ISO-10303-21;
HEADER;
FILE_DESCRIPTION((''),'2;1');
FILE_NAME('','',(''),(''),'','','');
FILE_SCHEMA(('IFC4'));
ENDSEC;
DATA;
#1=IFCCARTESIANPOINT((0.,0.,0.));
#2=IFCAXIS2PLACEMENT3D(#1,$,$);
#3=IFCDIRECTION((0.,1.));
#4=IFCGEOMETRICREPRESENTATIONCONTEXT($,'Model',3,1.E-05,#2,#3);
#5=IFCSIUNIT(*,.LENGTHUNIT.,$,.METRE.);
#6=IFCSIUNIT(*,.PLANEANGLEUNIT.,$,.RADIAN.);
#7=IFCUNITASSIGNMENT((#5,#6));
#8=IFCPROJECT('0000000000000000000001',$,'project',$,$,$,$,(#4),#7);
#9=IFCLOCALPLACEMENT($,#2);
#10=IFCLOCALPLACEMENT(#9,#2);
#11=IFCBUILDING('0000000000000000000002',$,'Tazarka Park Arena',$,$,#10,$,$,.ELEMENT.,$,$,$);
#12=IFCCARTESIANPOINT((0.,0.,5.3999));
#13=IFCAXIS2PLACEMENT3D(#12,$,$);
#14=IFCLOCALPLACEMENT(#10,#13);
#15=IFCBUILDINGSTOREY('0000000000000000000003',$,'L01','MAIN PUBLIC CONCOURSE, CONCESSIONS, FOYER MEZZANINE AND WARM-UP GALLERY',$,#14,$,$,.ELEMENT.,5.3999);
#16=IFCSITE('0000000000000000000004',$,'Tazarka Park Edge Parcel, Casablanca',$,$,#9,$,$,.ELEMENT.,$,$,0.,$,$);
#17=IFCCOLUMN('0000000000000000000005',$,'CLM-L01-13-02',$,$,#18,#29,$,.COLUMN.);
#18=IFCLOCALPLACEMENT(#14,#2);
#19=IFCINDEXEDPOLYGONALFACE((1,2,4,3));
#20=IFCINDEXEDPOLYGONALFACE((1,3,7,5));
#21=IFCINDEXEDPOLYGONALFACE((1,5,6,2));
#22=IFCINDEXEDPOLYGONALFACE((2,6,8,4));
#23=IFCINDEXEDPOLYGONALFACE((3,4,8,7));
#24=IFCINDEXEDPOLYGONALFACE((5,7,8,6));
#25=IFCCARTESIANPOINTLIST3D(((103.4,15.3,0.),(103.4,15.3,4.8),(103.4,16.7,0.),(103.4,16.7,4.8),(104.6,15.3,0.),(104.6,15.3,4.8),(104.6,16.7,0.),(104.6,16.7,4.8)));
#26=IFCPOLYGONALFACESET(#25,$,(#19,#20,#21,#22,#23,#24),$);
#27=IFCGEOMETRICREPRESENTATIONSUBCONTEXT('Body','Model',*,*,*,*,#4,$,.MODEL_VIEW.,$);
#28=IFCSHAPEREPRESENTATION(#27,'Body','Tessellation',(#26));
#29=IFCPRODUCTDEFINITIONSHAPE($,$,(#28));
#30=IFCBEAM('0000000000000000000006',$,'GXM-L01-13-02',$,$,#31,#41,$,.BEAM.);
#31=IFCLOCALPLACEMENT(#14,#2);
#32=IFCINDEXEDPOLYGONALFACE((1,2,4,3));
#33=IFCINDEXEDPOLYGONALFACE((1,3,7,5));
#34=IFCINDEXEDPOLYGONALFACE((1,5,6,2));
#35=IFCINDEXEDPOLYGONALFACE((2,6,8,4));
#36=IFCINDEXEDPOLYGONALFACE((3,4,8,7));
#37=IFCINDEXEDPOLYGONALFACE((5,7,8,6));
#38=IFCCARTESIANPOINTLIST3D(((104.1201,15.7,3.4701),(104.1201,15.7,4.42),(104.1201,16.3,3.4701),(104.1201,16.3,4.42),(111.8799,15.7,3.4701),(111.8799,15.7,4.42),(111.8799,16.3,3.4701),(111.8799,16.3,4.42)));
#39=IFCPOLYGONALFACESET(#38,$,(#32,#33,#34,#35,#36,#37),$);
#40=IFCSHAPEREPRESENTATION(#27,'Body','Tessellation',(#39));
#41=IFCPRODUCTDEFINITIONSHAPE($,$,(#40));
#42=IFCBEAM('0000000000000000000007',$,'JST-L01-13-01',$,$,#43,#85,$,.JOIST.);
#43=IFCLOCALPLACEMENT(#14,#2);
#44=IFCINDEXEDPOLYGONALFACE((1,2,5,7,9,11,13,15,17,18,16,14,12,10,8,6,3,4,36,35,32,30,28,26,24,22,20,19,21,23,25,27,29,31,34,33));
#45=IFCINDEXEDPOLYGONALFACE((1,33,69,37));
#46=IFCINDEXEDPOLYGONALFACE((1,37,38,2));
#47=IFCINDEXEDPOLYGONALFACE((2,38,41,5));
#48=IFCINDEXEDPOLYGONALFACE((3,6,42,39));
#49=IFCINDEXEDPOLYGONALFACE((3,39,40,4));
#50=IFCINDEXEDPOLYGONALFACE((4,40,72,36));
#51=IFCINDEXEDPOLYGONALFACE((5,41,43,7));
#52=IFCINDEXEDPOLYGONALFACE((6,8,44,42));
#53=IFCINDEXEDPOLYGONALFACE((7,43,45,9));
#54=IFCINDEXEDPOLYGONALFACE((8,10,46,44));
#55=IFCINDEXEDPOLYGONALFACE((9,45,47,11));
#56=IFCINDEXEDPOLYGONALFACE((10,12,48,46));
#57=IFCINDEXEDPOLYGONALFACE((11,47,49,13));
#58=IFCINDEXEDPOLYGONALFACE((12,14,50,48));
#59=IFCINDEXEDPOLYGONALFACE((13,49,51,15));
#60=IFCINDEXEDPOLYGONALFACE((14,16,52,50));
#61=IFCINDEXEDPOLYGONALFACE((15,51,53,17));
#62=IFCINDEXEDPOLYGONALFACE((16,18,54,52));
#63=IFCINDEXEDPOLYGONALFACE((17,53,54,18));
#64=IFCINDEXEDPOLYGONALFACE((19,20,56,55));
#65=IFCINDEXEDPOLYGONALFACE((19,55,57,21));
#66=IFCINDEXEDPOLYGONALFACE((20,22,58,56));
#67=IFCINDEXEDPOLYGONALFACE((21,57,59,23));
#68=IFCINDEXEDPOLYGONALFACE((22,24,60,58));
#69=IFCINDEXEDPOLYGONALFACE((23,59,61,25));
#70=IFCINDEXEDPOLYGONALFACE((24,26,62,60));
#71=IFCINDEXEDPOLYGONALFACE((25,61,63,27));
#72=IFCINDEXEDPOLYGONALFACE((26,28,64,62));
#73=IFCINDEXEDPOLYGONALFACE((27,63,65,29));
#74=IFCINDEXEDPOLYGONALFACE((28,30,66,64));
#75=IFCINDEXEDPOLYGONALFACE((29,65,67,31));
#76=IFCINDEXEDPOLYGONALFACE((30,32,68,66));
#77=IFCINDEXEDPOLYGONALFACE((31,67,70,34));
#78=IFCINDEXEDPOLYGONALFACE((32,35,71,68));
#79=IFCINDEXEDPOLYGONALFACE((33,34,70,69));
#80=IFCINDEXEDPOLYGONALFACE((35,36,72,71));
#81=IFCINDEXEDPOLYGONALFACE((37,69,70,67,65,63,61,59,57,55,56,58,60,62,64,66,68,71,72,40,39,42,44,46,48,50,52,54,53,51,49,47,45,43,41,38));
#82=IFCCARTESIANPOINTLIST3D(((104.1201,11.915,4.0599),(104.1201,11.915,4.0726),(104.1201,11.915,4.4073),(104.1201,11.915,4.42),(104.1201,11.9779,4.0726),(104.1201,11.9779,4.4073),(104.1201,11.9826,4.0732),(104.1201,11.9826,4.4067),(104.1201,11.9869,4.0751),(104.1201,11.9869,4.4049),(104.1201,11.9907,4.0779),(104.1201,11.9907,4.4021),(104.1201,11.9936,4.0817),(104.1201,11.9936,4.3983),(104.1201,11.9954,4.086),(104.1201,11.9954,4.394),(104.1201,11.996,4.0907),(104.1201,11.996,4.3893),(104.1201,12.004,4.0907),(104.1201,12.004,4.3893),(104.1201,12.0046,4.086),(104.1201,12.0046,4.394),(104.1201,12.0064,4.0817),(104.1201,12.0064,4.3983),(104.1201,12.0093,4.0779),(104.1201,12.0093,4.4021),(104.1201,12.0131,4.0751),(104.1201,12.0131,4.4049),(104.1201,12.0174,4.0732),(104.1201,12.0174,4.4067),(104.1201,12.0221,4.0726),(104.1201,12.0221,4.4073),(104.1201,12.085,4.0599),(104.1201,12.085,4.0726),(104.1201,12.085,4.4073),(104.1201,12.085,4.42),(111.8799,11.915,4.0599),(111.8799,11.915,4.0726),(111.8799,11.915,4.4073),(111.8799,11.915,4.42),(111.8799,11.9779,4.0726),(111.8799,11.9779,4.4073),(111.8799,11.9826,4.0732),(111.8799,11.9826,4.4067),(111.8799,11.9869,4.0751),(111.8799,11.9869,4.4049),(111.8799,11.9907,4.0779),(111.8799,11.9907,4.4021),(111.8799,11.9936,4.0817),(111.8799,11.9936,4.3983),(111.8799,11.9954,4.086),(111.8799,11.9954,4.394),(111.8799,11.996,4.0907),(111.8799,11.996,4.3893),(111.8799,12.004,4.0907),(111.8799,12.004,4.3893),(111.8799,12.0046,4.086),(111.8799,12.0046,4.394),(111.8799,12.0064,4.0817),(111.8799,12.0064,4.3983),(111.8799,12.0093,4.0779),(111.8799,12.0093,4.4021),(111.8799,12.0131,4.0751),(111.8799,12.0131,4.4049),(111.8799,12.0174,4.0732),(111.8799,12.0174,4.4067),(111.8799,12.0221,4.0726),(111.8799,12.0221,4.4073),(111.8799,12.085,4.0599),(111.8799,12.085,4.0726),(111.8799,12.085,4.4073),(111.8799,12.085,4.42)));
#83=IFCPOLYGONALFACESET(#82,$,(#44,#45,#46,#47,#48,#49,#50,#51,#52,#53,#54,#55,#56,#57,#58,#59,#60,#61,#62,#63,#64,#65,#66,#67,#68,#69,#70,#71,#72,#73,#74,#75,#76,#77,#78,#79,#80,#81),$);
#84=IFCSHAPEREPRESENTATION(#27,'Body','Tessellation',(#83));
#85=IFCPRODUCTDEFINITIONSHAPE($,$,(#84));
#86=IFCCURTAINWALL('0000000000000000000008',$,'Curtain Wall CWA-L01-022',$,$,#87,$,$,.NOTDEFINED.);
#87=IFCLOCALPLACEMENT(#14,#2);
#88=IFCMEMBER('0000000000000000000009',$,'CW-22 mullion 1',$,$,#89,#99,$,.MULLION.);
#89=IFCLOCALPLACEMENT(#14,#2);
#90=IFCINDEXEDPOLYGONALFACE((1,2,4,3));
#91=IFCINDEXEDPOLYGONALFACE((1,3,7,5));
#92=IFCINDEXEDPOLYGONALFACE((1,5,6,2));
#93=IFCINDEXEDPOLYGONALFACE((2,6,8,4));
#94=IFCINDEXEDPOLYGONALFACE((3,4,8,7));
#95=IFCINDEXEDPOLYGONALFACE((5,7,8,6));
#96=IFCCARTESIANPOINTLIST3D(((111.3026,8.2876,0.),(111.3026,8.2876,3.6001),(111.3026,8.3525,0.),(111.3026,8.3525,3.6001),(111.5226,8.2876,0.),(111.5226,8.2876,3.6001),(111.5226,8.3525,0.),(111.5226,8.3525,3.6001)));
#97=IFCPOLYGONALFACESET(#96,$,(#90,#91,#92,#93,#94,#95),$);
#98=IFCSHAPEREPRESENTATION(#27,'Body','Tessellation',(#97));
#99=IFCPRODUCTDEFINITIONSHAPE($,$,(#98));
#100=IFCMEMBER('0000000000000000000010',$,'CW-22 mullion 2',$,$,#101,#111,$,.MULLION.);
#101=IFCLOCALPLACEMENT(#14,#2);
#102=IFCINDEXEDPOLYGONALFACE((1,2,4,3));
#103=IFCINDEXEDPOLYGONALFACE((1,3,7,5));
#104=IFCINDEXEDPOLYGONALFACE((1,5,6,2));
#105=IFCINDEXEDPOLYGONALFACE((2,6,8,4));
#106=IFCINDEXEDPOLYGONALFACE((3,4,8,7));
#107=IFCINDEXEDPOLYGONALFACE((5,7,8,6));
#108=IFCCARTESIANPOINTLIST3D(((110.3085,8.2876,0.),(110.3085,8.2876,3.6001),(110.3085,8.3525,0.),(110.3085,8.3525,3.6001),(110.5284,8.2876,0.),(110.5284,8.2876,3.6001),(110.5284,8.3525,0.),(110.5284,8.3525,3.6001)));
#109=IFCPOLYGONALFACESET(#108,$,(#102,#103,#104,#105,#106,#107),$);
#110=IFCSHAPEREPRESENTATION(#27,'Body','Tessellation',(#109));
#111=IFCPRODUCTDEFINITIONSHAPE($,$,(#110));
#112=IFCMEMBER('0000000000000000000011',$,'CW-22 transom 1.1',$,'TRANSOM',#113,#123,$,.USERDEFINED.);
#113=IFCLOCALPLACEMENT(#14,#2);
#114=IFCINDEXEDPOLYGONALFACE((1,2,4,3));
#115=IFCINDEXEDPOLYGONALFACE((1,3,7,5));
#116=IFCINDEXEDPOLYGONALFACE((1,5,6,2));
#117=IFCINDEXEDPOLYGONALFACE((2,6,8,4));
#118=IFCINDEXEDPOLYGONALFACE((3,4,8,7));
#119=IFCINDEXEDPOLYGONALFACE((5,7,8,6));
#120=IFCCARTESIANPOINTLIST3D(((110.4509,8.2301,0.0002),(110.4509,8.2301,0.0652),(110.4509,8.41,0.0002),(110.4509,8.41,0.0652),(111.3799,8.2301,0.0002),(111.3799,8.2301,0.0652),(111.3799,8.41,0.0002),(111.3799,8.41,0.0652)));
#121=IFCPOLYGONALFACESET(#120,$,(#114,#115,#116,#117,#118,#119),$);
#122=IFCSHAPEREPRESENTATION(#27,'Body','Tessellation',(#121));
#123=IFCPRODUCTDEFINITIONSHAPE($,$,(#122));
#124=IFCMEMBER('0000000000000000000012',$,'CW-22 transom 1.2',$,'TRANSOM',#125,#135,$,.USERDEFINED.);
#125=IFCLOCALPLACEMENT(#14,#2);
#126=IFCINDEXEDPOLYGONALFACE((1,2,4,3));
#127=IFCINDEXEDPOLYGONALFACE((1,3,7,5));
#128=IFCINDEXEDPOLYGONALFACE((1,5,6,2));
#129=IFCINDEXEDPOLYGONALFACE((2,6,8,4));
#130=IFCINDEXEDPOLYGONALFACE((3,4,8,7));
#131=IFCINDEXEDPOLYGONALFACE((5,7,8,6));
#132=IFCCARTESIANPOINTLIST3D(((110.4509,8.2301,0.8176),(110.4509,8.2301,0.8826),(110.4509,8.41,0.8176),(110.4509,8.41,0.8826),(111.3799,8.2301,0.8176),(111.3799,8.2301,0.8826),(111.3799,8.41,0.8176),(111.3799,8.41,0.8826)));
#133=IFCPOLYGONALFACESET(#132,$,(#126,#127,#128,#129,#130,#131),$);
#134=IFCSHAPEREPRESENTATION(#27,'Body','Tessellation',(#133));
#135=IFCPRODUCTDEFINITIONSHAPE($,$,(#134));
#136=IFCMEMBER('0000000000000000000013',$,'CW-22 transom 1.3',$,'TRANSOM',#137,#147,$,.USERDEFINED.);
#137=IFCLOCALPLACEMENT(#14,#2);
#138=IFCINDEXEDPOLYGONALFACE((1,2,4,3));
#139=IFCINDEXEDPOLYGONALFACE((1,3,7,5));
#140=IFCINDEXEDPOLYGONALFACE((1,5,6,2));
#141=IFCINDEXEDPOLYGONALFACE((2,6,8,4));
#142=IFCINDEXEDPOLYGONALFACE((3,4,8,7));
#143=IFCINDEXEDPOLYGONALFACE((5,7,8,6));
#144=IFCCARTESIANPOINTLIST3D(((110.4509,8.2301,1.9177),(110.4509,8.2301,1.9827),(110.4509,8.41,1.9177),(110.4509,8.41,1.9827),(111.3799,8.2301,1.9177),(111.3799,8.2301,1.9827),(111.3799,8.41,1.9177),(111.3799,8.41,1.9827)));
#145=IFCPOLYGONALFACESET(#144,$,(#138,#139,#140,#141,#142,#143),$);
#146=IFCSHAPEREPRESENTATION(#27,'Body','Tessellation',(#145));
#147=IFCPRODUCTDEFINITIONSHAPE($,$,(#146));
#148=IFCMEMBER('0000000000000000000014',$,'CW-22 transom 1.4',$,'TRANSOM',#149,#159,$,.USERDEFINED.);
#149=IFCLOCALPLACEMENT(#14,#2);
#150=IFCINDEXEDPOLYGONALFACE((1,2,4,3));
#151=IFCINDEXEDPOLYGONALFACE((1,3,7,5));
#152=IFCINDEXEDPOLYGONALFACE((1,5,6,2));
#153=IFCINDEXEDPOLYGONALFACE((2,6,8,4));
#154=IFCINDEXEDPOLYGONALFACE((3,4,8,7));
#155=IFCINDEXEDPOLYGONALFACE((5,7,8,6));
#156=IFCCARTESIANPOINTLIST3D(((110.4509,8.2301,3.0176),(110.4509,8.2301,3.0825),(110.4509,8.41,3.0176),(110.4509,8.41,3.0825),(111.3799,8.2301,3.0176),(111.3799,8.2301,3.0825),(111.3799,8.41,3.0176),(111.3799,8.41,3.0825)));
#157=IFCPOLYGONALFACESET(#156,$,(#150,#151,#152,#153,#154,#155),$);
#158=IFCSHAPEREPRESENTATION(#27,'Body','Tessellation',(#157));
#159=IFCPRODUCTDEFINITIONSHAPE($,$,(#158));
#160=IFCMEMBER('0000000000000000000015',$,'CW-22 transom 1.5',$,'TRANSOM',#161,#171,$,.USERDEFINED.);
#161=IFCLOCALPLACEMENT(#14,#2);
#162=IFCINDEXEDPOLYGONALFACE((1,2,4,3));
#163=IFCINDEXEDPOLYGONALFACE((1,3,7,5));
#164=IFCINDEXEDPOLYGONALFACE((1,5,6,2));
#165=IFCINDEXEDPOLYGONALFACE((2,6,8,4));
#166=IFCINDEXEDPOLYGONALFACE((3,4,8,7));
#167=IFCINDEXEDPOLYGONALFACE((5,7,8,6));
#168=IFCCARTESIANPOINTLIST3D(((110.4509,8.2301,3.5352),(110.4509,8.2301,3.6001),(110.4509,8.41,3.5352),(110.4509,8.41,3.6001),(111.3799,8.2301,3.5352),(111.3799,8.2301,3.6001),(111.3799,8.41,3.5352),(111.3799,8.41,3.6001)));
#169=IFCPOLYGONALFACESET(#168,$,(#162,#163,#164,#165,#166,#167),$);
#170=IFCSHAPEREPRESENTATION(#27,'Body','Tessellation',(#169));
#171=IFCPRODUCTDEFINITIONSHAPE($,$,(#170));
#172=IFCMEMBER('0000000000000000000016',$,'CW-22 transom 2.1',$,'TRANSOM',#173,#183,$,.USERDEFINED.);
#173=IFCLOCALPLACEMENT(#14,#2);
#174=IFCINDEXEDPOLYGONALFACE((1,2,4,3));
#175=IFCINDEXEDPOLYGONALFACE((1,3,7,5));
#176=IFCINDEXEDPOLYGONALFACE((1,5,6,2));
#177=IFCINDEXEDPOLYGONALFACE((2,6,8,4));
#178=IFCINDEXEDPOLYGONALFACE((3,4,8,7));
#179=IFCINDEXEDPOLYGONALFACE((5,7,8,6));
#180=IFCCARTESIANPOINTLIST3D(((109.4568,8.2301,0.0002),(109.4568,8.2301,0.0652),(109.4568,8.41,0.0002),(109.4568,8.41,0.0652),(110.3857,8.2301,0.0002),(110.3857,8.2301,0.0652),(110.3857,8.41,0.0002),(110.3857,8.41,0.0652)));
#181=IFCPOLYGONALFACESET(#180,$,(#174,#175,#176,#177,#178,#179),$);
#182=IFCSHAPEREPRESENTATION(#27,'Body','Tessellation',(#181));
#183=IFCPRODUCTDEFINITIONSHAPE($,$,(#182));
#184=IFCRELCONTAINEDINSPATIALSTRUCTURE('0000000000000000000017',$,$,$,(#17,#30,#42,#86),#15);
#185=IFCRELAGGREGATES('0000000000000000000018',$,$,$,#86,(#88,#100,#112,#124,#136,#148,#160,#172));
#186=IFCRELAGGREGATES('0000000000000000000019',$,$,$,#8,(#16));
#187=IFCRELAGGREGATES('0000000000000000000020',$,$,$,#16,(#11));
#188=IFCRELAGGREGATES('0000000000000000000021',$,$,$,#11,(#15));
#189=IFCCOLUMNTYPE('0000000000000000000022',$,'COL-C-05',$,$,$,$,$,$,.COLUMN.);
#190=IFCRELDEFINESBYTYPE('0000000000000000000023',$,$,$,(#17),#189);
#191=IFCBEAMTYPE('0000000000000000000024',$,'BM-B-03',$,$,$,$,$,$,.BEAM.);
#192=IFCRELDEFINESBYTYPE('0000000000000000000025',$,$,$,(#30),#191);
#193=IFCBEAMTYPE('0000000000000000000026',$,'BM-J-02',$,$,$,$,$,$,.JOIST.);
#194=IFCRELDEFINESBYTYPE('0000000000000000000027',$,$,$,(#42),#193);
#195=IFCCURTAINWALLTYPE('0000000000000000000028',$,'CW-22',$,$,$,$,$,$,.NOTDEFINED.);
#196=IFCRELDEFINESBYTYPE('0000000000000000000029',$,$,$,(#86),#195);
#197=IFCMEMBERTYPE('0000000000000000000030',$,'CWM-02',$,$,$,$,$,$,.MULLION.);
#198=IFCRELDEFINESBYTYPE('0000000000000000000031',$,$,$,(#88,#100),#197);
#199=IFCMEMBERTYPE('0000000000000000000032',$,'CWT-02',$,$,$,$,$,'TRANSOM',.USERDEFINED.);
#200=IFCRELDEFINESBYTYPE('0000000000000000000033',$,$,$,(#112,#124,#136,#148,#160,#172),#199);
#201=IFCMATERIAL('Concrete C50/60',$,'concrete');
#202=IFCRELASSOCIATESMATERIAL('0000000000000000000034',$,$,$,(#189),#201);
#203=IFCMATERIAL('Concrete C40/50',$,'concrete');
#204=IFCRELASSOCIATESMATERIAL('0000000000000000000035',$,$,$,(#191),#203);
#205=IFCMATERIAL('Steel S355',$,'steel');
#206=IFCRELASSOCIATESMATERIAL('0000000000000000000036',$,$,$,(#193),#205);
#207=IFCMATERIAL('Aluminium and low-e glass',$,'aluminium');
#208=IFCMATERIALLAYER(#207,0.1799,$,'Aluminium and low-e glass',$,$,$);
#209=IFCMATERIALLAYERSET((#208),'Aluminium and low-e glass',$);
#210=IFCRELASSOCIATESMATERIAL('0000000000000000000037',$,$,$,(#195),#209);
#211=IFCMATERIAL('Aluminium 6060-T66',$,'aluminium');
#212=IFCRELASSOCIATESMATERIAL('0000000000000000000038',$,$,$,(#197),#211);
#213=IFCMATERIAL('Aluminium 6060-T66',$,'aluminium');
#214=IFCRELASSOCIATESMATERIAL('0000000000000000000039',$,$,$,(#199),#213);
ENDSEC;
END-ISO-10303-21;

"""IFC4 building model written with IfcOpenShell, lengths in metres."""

from ifc_helpers import new_model, si_unit, direction, frame, origin, origin_2d, place, context, subcontext, project, spatial, rectangle, i_section, extrude, material, layer, layer_set, material_profile, profile_set, type_object, element, aggregate, save


model = new_model("IFC4")

# Units and contexts
model_context = context("Model", 3, precision=1e-05, world=origin(), true_north=direction((0.0, 1.0)))
body_context = subcontext(model_context, "Body", "Model", "MODEL_VIEW")
ifc_project = project(units=[si_unit("LENGTHUNIT", "METRE"), si_unit("PLANEANGLEUNIT", "RADIAN")], contexts=[model_context])

# Site, building, storey
site_placement = place(None, origin())
site = spatial("IfcSite", under=ifc_project, at=site_placement, Name="Tazarka Park Edge Parcel, Casablanca", CompositionType="ELEMENT", RefElevation=0.0)
building_placement = place(site_placement, origin())
building = spatial("IfcBuilding", under=site, at=building_placement, Name="Tazarka Park Arena", CompositionType="ELEMENT")
storey_placement = place(building_placement, frame((0.0, 0.0, 5.3999)))
storey = spatial("IfcBuildingStorey", under=building, at=storey_placement, Name="L01", Description="MAIN PUBLIC CONCOURSE, CONCESSIONS, FOYER MEZZANINE AND WARM-UP GALLERY", CompositionType="ELEMENT", Elevation=5.3999)

# Column
ifc_material_1 = material(Name="Concrete C50/60", Category="concrete")
ifc_material_profile_1 = material_profile(ifc_material_1, rectangle(XDim=1.2, YDim=1.3999, at=origin_2d()), Name="Concrete C50/60")
ifc_profile_set_1 = profile_set([ifc_material_profile_1], Name="Concrete C50/60")
column_type = type_object("IfcColumnType", Name="COL-C-05", PredefinedType="COLUMN", material=ifc_profile_set_1)
column_placement = place(storey_placement, frame((104.0, 16.0, 0.0), z_axis=(0.0, 0.0, 1.0), x_axis=(1.0, 0.0, 0.0)))
element("IfcColumn", 1, at=column_placement, inside=storey, type_object=column_type, Name="CLM-L01-13-02", PredefinedType="COLUMN", context=body_context, shape_type="SweptSolid", body=[
    extrude(rectangle(XDim=1.2, YDim=1.3999, at=origin_2d()), origin(), (0.0, 0.0, 1.0), 4.8),
])

# Beams
ifc_material_2 = material(Name="Concrete C40/50", Category="concrete")
ifc_material_profile_2 = material_profile(ifc_material_2, rectangle(XDim=0.6001, YDim=0.95, at=origin_2d()), Name="Concrete C40/50")
ifc_profile_set_2 = profile_set([ifc_material_profile_2], Name="Concrete C40/50")
beam_type_1 = type_object("IfcBeamType", Name="BM-B-03", PredefinedType="BEAM", material=ifc_profile_set_2)
beam_1_placement = place(storey_placement, frame((104.1201, 16.0, 3.9451), z_axis=(1.0, 0.0, 0.0), x_axis=(0.0, 1.0, 0.0)))
element("IfcBeam", 2, at=beam_1_placement, inside=storey, type_object=beam_type_1, Name="GXM-L01-13-02", PredefinedType="BEAM", context=body_context, shape_type="SweptSolid", body=[
    extrude(rectangle(XDim=0.6001, YDim=0.95, at=origin_2d()), origin(), (0.0, 0.0, 1.0), 7.7598),
])
ifc_material_3 = material(Name="Steel S355", Category="steel")
ifc_material_profile_3 = material_profile(ifc_material_3, i_section(OverallWidth=0.1699, OverallDepth=0.3601, WebThickness=0.0081, FlangeThickness=0.0127, FilletRadius=0.0181, at=origin_2d()), Name="Steel S355")
ifc_profile_set_3 = profile_set([ifc_material_profile_3], Name="Steel S355")
beam_type_2 = type_object("IfcBeamType", Name="BM-J-02", PredefinedType="JOIST", material=ifc_profile_set_3)
beam_2_placement = place(storey_placement, frame((104.1201, 12.0, 4.24), z_axis=(1.0, 0.0, 0.0), x_axis=(0.0, 1.0, 0.0)))
element("IfcBeam", 3, at=beam_2_placement, inside=storey, type_object=beam_type_2, Name="JST-L01-13-01", PredefinedType="JOIST", context=body_context, shape_type="SweptSolid", body=[
    extrude(i_section(OverallWidth=0.1699, OverallDepth=0.3601, WebThickness=0.0081, FlangeThickness=0.0127, FilletRadius=0.0181, at=origin_2d()), origin(), (0.0, 0.0, 1.0), 7.7598),
])

# Curtain wall, members
ifc_material_4 = material(Name="Aluminium and low-e glass", Category="aluminium")
ifc_layer_1 = layer(ifc_material_4, 0.1799, Name="Aluminium and low-e glass")
ifc_layer_set_1 = layer_set([ifc_layer_1], Name="Aluminium and low-e glass")
curtain_wall_type = type_object("IfcCurtainWallType", Name="CW-22", PredefinedType="NOTDEFINED", material=ifc_layer_set_1)
curtain_wall_placement = place(storey_placement, origin())
curtain_wall = element("IfcCurtainWall", 4, at=curtain_wall_placement, inside=storey, type_object=curtain_wall_type, Name="Curtain Wall CWA-L01-022", PredefinedType="NOTDEFINED")
ifc_material_5 = material(Name="Aluminium 6060-T66", Category="aluminium")
ifc_material_profile_4 = material_profile(ifc_material_5, rectangle(XDim=0.0649, YDim=0.22, at=origin_2d()), Name="Aluminium 6060-T66")
ifc_profile_set_4 = profile_set([ifc_material_profile_4], Name="Aluminium 6060-T66")
member_type_1 = type_object("IfcMemberType", Name="CWM-02", PredefinedType="MULLION", material=ifc_profile_set_4)
member_1_placement = place(storey_placement, frame((111.4126, 8.3201, 0.0), z_axis=(0.0, 0.0, 1.0), x_axis=(0.0, -1.0, 0.0)))
member_1 = element("IfcMember", 5, at=member_1_placement, type_object=member_type_1, Name="CW-22 mullion 1", PredefinedType="MULLION", context=body_context, shape_type="SweptSolid", body=[
    extrude(rectangle(XDim=0.0649, YDim=0.22, at=origin_2d()), origin(), (0.0, 0.0, 1.0), 3.6001),
])
member_2_placement = place(storey_placement, frame((110.4185, 8.3201, 0.0), z_axis=(0.0, 0.0, 1.0), x_axis=(0.0, -1.0, 0.0)))
member_2 = element("IfcMember", 6, at=member_2_placement, type_object=member_type_1, Name="CW-22 mullion 2", PredefinedType="MULLION", context=body_context, shape_type="SweptSolid", body=[
    extrude(rectangle(XDim=0.0649, YDim=0.22, at=origin_2d()), origin(), (0.0, 0.0, 1.0), 3.6001),
])
ifc_material_6 = material(Name="Aluminium 6060-T66", Category="aluminium")
ifc_material_profile_5 = material_profile(ifc_material_6, rectangle(XDim=0.1799, YDim=0.0649, at=origin_2d()), Name="Aluminium 6060-T66")
ifc_profile_set_5 = profile_set([ifc_material_profile_5], Name="Aluminium 6060-T66")
member_type_2 = type_object("IfcMemberType", Name="CWT-02", ElementType="TRANSOM", PredefinedType="USERDEFINED", material=ifc_profile_set_5)
member_3_placement = place(storey_placement, frame((111.3799, 8.3201, 0.0327), z_axis=(-1.0, 0.0, 0.0), x_axis=(0.0, -1.0, 0.0)))
member_3 = element("IfcMember", 7, at=member_3_placement, type_object=member_type_2, Name="CW-22 transom 1.1", ObjectType="TRANSOM", PredefinedType="USERDEFINED", context=body_context, shape_type="SweptSolid", body=[
    extrude(rectangle(XDim=0.1799, YDim=0.0649, at=origin_2d()), origin(), (0.0, 0.0, 1.0), 0.929),
])
member_4_placement = place(storey_placement, frame((111.3799, 8.3201, 0.8501), z_axis=(-1.0, 0.0, 0.0), x_axis=(0.0, -1.0, 0.0)))
member_4 = element("IfcMember", 8, at=member_4_placement, type_object=member_type_2, Name="CW-22 transom 1.2", ObjectType="TRANSOM", PredefinedType="USERDEFINED", context=body_context, shape_type="SweptSolid", body=[
    extrude(rectangle(XDim=0.1799, YDim=0.0649, at=origin_2d()), origin(), (0.0, 0.0, 1.0), 0.929),
])
member_5_placement = place(storey_placement, frame((111.3799, 8.3201, 1.9502), z_axis=(-1.0, 0.0, 0.0), x_axis=(0.0, -1.0, 0.0)))
member_5 = element("IfcMember", 9, at=member_5_placement, type_object=member_type_2, Name="CW-22 transom 1.3", ObjectType="TRANSOM", PredefinedType="USERDEFINED", context=body_context, shape_type="SweptSolid", body=[
    extrude(rectangle(XDim=0.1799, YDim=0.0649, at=origin_2d()), origin(), (0.0, 0.0, 1.0), 0.929),
])
member_6_placement = place(storey_placement, frame((111.3799, 8.3201, 3.05), z_axis=(-1.0, 0.0, 0.0), x_axis=(0.0, -1.0, 0.0)))
member_6 = element("IfcMember", 10, at=member_6_placement, type_object=member_type_2, Name="CW-22 transom 1.4", ObjectType="TRANSOM", PredefinedType="USERDEFINED", context=body_context, shape_type="SweptSolid", body=[
    extrude(rectangle(XDim=0.1799, YDim=0.0649, at=origin_2d()), origin(), (0.0, 0.0, 1.0), 0.929),
])
member_7_placement = place(storey_placement, frame((111.3799, 8.3201, 3.5676), z_axis=(-1.0, 0.0, 0.0), x_axis=(0.0, -1.0, 0.0)))
member_7 = element("IfcMember", 11, at=member_7_placement, type_object=member_type_2, Name="CW-22 transom 1.5", ObjectType="TRANSOM", PredefinedType="USERDEFINED", context=body_context, shape_type="SweptSolid", body=[
    extrude(rectangle(XDim=0.1799, YDim=0.0649, at=origin_2d()), origin(), (0.0, 0.0, 1.0), 0.929),
])
member_8_placement = place(storey_placement, frame((110.3857, 8.3201, 0.0327), z_axis=(-1.0, 0.0, 0.0), x_axis=(0.0, -1.0, 0.0)))
member_8 = element("IfcMember", 12, at=member_8_placement, type_object=member_type_2, Name="CW-22 transom 2.1", ObjectType="TRANSOM", PredefinedType="USERDEFINED", context=body_context, shape_type="SweptSolid", body=[
    extrude(rectangle(XDim=0.1799, YDim=0.0649, at=origin_2d()), origin(), (0.0, 0.0, 1.0), 0.929),
])

aggregate(curtain_wall, [member_1, member_2, member_3, member_4, member_5, member_6, member_7, member_8])

save(model, "model.ifc")
